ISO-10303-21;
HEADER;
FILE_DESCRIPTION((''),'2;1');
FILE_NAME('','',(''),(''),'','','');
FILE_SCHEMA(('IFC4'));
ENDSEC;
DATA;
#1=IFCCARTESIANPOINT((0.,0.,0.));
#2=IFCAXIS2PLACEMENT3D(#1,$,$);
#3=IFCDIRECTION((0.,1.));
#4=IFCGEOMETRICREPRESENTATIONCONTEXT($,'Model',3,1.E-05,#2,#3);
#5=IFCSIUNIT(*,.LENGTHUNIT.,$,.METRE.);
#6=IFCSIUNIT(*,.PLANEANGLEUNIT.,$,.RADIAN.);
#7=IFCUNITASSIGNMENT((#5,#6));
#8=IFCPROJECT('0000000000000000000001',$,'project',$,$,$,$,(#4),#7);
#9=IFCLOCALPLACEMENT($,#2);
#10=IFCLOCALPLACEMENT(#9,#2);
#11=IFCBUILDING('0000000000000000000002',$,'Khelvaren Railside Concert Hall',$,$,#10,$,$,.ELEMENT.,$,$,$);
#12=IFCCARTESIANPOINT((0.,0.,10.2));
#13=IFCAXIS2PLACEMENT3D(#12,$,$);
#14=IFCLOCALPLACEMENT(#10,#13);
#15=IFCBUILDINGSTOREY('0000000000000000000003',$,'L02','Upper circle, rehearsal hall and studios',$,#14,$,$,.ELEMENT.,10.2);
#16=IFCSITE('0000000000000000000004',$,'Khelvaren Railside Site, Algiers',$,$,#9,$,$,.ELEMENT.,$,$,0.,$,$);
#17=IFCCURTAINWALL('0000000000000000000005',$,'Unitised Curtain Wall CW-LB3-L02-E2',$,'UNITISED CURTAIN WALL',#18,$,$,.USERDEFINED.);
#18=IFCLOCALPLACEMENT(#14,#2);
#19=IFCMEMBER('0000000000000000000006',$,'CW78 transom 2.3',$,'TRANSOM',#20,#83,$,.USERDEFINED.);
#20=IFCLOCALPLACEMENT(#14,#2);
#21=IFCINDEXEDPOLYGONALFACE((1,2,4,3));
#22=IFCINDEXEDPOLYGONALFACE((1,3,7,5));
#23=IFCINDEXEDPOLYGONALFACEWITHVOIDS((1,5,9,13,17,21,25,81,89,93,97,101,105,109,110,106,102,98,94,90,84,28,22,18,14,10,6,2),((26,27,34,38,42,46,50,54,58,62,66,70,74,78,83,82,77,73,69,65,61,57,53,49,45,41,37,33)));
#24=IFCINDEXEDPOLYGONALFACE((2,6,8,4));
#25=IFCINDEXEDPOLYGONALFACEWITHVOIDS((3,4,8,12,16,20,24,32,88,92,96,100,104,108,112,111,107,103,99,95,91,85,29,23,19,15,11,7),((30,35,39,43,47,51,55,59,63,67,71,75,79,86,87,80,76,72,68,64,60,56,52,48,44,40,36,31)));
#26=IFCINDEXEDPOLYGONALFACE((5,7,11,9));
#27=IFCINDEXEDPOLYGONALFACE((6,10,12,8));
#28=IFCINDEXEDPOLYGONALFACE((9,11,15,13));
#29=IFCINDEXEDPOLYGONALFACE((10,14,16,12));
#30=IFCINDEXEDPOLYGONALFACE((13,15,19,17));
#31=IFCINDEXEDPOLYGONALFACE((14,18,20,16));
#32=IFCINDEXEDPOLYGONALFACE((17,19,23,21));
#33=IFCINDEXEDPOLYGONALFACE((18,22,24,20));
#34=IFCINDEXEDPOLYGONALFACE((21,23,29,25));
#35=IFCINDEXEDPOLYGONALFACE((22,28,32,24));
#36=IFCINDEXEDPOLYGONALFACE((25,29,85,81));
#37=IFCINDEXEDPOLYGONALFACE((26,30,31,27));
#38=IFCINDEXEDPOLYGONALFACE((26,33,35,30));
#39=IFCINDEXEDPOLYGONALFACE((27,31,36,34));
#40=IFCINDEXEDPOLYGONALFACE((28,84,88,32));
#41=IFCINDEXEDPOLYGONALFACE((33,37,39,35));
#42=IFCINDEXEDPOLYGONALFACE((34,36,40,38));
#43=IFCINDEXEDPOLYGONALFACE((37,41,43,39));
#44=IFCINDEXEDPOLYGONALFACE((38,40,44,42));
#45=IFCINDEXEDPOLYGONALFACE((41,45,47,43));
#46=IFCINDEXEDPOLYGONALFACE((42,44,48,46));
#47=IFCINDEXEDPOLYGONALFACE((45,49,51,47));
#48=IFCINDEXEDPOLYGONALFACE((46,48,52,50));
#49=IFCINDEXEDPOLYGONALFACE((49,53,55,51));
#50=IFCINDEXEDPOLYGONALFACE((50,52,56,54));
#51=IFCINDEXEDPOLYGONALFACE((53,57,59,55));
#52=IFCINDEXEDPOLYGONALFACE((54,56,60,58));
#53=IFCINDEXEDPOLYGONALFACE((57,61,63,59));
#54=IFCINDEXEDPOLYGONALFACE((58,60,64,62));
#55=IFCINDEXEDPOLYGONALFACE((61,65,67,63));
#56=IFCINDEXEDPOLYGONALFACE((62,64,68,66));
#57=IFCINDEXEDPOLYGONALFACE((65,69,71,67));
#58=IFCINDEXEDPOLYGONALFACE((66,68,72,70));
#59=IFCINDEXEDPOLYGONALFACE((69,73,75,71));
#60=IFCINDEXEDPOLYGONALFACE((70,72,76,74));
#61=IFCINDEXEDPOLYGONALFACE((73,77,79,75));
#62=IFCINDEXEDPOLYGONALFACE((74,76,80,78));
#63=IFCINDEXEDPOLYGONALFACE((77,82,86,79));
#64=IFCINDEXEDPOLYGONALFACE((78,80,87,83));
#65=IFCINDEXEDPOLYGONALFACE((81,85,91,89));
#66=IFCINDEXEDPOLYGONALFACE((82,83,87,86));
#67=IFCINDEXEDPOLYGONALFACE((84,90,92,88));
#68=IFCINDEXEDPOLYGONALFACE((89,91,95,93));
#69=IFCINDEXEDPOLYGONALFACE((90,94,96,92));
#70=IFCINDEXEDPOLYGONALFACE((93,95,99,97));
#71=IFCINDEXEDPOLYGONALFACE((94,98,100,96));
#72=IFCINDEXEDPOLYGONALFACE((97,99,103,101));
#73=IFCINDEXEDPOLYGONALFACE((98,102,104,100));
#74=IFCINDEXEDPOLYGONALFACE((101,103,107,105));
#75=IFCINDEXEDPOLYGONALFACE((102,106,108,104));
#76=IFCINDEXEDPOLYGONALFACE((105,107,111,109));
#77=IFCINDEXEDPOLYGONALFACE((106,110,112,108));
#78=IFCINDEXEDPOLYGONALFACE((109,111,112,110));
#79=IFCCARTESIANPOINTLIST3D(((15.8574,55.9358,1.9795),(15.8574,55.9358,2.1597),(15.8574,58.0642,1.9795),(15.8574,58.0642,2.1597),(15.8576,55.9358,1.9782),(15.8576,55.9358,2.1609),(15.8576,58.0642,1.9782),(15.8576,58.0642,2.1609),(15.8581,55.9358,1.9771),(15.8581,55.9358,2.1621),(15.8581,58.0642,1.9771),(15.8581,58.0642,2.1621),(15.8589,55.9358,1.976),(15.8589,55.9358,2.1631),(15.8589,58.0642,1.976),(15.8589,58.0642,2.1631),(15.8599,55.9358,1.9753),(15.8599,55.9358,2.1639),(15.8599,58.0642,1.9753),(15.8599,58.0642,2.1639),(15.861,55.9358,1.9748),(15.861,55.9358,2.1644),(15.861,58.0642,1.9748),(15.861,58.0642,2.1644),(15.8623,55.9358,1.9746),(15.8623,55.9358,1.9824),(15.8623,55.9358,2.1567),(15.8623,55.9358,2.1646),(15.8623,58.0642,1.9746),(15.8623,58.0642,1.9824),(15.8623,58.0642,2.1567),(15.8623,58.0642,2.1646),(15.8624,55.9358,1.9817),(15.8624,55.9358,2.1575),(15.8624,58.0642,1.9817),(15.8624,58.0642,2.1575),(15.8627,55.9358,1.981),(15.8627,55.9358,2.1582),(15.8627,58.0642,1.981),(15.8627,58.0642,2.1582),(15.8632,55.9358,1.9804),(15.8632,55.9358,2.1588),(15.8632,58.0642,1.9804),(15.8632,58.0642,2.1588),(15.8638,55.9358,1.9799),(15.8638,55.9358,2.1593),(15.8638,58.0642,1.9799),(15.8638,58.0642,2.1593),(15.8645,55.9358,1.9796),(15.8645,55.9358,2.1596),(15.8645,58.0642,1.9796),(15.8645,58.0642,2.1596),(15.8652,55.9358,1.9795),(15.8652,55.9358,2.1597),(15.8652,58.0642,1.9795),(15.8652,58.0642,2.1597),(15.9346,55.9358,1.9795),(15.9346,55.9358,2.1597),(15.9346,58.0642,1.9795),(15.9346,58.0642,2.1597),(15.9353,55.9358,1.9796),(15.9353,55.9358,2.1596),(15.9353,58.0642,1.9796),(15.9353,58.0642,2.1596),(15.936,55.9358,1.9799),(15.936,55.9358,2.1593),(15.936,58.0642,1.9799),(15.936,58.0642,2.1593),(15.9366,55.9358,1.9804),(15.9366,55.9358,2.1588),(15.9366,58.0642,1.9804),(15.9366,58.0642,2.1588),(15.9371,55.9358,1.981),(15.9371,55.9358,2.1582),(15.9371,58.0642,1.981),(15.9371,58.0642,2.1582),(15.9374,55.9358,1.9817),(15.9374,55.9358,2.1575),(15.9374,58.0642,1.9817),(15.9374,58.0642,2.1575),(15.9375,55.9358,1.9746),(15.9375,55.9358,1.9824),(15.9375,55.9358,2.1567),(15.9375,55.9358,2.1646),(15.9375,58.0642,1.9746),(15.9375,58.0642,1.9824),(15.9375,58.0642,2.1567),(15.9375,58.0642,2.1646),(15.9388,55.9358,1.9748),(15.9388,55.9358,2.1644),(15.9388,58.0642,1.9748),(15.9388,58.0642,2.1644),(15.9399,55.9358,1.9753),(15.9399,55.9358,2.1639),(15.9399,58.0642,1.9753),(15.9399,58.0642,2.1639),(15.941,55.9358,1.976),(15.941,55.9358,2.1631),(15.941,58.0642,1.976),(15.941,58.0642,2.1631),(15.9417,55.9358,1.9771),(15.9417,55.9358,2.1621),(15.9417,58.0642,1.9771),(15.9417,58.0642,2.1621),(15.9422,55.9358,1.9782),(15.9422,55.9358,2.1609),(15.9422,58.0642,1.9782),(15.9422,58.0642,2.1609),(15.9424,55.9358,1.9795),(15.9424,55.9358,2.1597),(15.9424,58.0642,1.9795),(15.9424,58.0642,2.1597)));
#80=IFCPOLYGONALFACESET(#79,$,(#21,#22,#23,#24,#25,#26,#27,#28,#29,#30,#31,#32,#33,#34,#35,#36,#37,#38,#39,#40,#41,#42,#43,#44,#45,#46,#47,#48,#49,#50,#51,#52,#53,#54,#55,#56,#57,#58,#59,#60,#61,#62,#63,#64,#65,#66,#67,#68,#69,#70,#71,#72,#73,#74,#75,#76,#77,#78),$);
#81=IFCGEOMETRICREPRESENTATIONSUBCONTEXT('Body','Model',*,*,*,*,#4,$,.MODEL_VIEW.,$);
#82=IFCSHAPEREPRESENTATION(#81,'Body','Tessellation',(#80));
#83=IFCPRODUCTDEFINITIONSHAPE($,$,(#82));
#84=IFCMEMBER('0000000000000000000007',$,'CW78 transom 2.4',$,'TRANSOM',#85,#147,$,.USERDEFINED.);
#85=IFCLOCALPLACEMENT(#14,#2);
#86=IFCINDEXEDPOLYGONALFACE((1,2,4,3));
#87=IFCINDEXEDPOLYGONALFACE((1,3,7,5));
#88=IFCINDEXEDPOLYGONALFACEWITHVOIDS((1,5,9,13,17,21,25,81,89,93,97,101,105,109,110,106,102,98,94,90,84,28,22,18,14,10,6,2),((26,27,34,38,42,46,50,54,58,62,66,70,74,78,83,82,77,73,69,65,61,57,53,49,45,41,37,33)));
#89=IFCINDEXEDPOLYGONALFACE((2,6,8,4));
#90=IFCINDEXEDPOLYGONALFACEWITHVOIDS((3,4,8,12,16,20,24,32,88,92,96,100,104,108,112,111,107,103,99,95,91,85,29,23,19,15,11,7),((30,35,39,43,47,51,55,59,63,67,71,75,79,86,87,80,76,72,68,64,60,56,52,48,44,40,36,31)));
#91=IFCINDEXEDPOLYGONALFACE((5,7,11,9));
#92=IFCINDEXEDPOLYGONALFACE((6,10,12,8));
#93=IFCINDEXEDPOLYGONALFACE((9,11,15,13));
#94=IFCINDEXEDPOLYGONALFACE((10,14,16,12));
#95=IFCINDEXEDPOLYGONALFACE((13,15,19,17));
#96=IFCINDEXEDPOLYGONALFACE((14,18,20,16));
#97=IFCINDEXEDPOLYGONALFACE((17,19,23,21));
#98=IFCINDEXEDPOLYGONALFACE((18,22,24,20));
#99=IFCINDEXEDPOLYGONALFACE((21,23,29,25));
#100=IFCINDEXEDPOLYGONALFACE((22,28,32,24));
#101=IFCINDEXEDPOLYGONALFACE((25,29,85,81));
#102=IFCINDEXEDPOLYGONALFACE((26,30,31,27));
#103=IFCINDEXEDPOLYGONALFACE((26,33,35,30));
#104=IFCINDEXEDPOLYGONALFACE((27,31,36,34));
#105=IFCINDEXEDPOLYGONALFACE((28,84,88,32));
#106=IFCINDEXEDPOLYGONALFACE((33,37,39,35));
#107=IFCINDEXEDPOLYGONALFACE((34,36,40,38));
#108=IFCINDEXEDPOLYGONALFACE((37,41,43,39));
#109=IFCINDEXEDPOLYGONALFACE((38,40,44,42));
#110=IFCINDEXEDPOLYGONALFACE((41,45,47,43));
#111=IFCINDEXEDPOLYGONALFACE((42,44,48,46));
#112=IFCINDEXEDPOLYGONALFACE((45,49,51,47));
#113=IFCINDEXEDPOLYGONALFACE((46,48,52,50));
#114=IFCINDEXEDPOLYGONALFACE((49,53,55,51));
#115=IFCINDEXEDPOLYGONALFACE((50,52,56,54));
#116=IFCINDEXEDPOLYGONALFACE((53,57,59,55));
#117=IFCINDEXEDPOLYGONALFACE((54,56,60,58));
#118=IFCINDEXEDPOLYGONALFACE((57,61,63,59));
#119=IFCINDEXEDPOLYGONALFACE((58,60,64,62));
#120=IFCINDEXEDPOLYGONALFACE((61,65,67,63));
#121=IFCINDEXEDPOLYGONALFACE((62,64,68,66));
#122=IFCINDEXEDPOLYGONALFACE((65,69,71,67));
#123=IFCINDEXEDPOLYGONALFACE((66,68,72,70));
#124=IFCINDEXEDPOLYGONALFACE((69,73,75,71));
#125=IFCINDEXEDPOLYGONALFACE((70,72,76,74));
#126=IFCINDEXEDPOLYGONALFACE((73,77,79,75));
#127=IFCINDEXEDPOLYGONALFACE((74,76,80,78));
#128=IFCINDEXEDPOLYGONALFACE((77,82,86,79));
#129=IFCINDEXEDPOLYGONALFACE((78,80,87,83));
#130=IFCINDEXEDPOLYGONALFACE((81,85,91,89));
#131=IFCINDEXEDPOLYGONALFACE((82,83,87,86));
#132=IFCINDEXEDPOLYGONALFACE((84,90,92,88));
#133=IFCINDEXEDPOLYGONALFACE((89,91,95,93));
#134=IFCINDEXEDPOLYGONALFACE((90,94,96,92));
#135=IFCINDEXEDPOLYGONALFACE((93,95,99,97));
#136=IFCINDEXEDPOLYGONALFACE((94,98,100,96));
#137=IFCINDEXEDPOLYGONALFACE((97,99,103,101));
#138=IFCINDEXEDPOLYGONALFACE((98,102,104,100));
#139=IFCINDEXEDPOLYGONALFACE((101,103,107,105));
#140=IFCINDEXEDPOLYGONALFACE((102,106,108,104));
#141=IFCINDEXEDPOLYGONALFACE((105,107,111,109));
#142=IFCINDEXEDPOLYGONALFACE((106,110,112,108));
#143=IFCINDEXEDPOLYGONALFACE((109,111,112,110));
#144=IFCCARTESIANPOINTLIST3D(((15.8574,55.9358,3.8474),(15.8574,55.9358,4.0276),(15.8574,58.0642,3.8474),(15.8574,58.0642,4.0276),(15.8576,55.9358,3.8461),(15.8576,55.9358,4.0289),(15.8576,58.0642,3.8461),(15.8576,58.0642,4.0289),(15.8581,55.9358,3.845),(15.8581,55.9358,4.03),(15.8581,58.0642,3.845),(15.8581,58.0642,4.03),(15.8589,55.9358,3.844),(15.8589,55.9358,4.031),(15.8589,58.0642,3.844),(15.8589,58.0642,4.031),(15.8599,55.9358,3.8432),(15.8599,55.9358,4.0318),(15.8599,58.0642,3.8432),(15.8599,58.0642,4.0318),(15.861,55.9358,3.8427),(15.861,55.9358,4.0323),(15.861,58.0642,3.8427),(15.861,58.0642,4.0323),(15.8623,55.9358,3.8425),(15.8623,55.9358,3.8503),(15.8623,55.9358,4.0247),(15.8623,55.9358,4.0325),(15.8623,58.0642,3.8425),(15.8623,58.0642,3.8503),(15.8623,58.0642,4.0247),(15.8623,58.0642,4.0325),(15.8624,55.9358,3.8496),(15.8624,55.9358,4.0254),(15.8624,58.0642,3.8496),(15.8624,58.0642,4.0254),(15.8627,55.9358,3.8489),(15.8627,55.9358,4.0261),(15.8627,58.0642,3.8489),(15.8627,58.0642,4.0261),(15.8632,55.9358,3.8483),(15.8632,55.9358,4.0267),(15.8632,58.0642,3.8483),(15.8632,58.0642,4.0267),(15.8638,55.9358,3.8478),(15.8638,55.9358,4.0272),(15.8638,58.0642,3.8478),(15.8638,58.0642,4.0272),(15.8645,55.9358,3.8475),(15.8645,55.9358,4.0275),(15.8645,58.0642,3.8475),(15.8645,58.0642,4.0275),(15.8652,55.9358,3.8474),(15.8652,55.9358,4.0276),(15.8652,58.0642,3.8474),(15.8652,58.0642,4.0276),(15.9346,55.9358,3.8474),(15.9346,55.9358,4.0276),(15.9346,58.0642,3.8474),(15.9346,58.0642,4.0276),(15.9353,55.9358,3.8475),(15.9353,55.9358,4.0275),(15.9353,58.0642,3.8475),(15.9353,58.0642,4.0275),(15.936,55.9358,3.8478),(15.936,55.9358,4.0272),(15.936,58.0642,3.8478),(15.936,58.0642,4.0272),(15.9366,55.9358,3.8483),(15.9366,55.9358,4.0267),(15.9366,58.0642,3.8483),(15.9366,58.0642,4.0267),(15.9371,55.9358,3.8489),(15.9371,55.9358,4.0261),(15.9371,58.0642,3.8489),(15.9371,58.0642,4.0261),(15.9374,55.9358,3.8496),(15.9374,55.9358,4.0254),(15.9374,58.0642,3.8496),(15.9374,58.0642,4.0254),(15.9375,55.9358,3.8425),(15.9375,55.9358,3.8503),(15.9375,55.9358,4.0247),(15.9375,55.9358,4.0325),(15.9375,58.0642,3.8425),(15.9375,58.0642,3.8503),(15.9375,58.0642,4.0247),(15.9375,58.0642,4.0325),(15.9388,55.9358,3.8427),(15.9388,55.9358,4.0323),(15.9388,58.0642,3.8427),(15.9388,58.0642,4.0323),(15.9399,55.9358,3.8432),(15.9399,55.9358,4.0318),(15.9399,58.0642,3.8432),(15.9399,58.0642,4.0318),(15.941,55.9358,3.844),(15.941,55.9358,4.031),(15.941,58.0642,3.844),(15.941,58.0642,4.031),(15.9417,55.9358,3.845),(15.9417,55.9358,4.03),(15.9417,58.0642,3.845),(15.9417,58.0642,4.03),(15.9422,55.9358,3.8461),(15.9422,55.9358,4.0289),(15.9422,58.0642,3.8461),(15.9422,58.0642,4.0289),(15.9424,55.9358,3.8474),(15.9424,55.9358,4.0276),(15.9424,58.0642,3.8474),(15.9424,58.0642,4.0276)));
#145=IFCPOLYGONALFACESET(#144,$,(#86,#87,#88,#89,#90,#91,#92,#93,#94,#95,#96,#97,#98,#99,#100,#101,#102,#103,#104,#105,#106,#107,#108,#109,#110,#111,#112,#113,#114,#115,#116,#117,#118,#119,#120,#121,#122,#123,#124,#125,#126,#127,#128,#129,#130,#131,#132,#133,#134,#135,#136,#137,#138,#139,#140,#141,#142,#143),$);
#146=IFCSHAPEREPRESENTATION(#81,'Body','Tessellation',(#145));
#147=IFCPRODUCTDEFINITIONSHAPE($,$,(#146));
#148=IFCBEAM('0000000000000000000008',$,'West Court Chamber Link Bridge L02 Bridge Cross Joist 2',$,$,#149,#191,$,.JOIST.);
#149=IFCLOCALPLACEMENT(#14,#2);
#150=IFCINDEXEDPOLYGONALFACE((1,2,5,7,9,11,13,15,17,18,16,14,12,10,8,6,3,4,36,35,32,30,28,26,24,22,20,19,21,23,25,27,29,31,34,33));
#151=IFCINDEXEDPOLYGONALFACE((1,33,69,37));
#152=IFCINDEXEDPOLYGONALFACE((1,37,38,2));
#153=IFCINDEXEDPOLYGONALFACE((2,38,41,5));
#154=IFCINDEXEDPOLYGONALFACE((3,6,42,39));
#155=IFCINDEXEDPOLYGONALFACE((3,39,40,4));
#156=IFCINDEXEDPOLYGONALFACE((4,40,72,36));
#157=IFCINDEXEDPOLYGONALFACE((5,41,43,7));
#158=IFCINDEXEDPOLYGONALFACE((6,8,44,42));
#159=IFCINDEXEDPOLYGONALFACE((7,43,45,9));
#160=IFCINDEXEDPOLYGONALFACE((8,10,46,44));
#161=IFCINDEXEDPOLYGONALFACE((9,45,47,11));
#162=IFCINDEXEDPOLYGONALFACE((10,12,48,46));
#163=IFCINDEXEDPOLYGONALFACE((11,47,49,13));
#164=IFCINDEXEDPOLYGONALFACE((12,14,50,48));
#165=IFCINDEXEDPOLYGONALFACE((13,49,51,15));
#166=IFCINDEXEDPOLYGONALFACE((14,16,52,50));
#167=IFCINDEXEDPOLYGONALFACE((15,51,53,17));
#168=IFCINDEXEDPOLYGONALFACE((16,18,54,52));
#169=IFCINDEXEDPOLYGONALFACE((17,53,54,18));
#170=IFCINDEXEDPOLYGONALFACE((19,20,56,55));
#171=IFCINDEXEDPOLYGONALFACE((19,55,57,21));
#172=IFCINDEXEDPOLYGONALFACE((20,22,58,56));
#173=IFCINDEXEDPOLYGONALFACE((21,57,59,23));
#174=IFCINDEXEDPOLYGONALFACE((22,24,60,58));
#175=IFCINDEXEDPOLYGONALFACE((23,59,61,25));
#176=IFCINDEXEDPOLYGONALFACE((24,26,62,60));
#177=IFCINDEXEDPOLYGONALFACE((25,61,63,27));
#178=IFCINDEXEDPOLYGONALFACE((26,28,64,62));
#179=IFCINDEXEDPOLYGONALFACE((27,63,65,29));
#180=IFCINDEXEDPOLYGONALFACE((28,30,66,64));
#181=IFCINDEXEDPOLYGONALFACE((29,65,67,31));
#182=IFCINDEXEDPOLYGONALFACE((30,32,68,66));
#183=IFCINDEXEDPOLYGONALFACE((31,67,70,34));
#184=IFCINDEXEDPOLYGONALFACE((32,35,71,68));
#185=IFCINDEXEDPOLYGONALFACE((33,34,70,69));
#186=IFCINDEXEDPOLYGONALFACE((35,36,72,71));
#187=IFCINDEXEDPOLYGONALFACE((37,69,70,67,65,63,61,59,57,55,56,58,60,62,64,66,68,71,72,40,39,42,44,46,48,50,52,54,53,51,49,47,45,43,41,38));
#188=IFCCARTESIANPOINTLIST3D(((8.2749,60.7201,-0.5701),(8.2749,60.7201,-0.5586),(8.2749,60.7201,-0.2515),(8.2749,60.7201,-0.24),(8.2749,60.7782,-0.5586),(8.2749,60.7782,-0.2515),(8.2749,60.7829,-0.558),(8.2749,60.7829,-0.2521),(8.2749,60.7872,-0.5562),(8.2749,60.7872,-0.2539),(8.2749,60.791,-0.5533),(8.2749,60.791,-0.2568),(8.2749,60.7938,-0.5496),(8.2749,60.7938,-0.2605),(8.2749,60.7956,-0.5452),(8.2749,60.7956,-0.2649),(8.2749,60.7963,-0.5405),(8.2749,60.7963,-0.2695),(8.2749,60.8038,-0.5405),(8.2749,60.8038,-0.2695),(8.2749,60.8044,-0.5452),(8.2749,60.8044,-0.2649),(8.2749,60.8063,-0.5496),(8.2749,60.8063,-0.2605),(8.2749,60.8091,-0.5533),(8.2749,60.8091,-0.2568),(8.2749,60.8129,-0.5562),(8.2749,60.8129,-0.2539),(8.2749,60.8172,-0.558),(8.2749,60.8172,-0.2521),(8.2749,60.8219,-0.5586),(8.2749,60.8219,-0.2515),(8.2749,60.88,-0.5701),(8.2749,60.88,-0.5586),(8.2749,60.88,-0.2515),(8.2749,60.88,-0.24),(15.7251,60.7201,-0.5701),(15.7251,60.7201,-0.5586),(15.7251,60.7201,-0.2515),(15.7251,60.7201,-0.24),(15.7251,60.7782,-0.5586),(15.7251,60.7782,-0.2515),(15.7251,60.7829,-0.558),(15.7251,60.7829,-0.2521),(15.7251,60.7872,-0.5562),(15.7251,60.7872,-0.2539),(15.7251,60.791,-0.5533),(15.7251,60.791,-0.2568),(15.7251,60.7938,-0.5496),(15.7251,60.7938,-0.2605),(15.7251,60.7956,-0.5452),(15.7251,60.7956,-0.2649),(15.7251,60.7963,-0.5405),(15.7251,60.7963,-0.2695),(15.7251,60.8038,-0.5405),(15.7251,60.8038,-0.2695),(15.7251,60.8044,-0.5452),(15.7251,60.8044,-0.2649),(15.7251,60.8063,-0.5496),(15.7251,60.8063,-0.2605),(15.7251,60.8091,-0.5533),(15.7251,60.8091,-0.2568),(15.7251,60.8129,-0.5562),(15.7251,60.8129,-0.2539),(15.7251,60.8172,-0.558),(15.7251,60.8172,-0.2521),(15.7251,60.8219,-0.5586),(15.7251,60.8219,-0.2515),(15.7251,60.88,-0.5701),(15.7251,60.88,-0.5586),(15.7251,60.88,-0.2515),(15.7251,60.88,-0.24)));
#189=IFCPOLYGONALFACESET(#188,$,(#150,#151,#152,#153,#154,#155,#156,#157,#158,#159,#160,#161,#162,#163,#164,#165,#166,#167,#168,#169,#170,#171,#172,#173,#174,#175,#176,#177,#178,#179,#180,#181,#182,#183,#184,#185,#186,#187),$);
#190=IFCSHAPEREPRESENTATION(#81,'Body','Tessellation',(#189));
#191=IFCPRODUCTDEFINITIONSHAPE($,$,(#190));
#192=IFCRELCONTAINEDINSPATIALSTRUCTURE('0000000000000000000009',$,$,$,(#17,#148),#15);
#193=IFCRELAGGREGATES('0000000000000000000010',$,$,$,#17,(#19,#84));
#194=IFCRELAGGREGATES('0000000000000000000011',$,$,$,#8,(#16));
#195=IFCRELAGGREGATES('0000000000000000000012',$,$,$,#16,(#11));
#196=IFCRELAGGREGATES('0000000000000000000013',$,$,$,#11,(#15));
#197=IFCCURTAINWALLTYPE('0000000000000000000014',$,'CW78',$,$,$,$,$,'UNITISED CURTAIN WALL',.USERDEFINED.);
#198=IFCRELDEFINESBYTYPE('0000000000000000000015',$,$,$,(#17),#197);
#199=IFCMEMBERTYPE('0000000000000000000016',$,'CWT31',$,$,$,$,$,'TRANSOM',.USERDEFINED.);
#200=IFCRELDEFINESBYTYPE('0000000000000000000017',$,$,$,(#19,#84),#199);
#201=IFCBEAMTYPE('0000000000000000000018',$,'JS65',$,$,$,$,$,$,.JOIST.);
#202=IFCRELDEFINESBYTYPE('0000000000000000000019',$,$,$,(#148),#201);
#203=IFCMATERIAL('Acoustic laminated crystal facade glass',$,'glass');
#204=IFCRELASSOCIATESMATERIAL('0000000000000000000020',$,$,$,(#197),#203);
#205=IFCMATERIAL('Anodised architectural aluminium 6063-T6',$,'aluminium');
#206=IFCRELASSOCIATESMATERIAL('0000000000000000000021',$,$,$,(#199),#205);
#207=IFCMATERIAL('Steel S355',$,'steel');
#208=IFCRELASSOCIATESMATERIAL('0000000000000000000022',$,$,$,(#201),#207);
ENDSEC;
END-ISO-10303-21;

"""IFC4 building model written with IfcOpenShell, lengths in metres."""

from ifc_helpers import new_model, si_unit, direction, frame, origin, origin_2d, place, context, subcontext, project, spatial, hollow_rectangle, i_section, extrude, material, material_profile, profile_set, type_object, element, aggregate, save


model = new_model("IFC4")

# Units and contexts
model_context = context("Model", 3, precision=1e-05, world=origin(), true_north=direction((0.0, 1.0)))
body_context = subcontext(model_context, "Body", "Model", "MODEL_VIEW")
ifc_project = project(units=[si_unit("LENGTHUNIT", "METRE"), si_unit("PLANEANGLEUNIT", "RADIAN")], contexts=[model_context])

# Site, building, storey
site_placement = place(None, origin())
site = spatial("IfcSite", under=ifc_project, at=site_placement, Name="Khelvaren Railside Site, Algiers", CompositionType="ELEMENT", RefElevation=0.0)
building_placement = place(site_placement, origin())
building = spatial("IfcBuilding", under=site, at=building_placement, Name="Khelvaren Railside Concert Hall", CompositionType="ELEMENT")
storey_placement = place(building_placement, frame((0.0, 0.0, 10.2)))
storey = spatial("IfcBuildingStorey", under=building, at=storey_placement, Name="L02", Description="Upper circle, rehearsal hall and studios", CompositionType="ELEMENT", Elevation=10.2)

# Curtain wall
ifc_material_1 = material(Name="Acoustic laminated crystal facade glass", Category="glass")
curtain_wall_type = type_object("IfcCurtainWallType", Name="CW78", ElementType="UNITISED CURTAIN WALL", PredefinedType="USERDEFINED", material=ifc_material_1)
curtain_wall_1_placement = place(storey_placement, origin())
curtain_wall_1 = element("IfcCurtainWall", 1, at=curtain_wall_1_placement, inside=storey, type_object=curtain_wall_type, Name="Unitised Curtain Wall CW-LB3-L02-E2", ObjectType="UNITISED CURTAIN WALL", PredefinedType="USERDEFINED")
ifc_material_2 = material(Name="Anodised architectural aluminium 6063-T6", Category="aluminium")

# Members
ifc_material_profile_1 = material_profile(ifc_material_2, hollow_rectangle(XDim=0.085, YDim=0.1899, WallThickness=0.0049, InnerFilletRadius=0.0029, OuterFilletRadius=0.0049, at=origin_2d()), Name="CWT 85x190x5")
ifc_profile_set_1 = profile_set([ifc_material_profile_1], Name="Anodised architectural aluminium 6063-T6")
member_type_1 = type_object("IfcMemberType", Name="CWT31", ElementType="TRANSOM", PredefinedType="USERDEFINED", material=ifc_profile_set_1)
member_1_placement = place(storey_placement, frame((15.8999, 58.0642, 2.0696), z_axis=(0.0, -1.0, 0.0), x_axis=(1.0, 0.0, 0.0)))
member_1 = element("IfcMember", 2, at=member_1_placement, type_object=member_type_1, Name="CW78 transom 2.3", ObjectType="TRANSOM", PredefinedType="USERDEFINED", context=body_context, shape_type="SweptSolid", body=[
    extrude(hollow_rectangle(XDim=0.085, YDim=0.1899, WallThickness=0.0049, InnerFilletRadius=0.0029, OuterFilletRadius=0.0049, at=origin_2d()), origin(), (0.0, 0.0, 1.0), 2.1284),
])
member_2_placement = place(storey_placement, frame((15.8999, 58.0642, 3.9375), z_axis=(0.0, -1.0, 0.0), x_axis=(1.0, 0.0, 0.0)))
member_2 = element("IfcMember", 3, at=member_2_placement, type_object=member_type_1, Name="CW78 transom 2.4", ObjectType="TRANSOM", PredefinedType="USERDEFINED", context=body_context, shape_type="SweptSolid", body=[
    extrude(hollow_rectangle(XDim=0.085, YDim=0.1899, WallThickness=0.0049, InnerFilletRadius=0.0029, OuterFilletRadius=0.0049, at=origin_2d()), origin(), (0.0, 0.0, 1.0), 2.1284),
])

# Beam
ifc_material_3 = material(Name="Steel S355", Category="steel")
ifc_material_profile_2 = material_profile(ifc_material_3, i_section(OverallWidth=0.1599, OverallDepth=0.3301, WebThickness=0.0076, FlangeThickness=0.0115, FilletRadius=0.0181, at=origin_2d()), Name="IPE 330")
ifc_profile_set_2 = profile_set([ifc_material_profile_2], Name="Steel S355")
beam_type_1 = type_object("IfcBeamType", Name="JS65", PredefinedType="JOIST", material=ifc_profile_set_2)
for number, where, z_axis, x_axis, name in (
    (4, (8.2749, 60.8, -0.405), (1.0, 0.0, 0.0), (0.0, 1.0, 0.0), "West Court Chamber Link Bridge L02 Bridge Cross Joist 2"),
):
    element("IfcBeam", number, at=place(storey_placement, frame(where, z_axis=z_axis, x_axis=x_axis)), inside=storey, type_object=beam_type_1, Name=name, PredefinedType="JOIST", context=body_context, shape_type="SweptSolid", body=[
        extrude(i_section(OverallWidth=0.1599, OverallDepth=0.3301, WebThickness=0.0076, FlangeThickness=0.0115, FilletRadius=0.0181, at=origin_2d()), origin(), (0.0, 0.0, 1.0), 7.4502),
    ])

aggregate(curtain_wall_1, [member_1, member_2])

save(model, "model.ifc")
